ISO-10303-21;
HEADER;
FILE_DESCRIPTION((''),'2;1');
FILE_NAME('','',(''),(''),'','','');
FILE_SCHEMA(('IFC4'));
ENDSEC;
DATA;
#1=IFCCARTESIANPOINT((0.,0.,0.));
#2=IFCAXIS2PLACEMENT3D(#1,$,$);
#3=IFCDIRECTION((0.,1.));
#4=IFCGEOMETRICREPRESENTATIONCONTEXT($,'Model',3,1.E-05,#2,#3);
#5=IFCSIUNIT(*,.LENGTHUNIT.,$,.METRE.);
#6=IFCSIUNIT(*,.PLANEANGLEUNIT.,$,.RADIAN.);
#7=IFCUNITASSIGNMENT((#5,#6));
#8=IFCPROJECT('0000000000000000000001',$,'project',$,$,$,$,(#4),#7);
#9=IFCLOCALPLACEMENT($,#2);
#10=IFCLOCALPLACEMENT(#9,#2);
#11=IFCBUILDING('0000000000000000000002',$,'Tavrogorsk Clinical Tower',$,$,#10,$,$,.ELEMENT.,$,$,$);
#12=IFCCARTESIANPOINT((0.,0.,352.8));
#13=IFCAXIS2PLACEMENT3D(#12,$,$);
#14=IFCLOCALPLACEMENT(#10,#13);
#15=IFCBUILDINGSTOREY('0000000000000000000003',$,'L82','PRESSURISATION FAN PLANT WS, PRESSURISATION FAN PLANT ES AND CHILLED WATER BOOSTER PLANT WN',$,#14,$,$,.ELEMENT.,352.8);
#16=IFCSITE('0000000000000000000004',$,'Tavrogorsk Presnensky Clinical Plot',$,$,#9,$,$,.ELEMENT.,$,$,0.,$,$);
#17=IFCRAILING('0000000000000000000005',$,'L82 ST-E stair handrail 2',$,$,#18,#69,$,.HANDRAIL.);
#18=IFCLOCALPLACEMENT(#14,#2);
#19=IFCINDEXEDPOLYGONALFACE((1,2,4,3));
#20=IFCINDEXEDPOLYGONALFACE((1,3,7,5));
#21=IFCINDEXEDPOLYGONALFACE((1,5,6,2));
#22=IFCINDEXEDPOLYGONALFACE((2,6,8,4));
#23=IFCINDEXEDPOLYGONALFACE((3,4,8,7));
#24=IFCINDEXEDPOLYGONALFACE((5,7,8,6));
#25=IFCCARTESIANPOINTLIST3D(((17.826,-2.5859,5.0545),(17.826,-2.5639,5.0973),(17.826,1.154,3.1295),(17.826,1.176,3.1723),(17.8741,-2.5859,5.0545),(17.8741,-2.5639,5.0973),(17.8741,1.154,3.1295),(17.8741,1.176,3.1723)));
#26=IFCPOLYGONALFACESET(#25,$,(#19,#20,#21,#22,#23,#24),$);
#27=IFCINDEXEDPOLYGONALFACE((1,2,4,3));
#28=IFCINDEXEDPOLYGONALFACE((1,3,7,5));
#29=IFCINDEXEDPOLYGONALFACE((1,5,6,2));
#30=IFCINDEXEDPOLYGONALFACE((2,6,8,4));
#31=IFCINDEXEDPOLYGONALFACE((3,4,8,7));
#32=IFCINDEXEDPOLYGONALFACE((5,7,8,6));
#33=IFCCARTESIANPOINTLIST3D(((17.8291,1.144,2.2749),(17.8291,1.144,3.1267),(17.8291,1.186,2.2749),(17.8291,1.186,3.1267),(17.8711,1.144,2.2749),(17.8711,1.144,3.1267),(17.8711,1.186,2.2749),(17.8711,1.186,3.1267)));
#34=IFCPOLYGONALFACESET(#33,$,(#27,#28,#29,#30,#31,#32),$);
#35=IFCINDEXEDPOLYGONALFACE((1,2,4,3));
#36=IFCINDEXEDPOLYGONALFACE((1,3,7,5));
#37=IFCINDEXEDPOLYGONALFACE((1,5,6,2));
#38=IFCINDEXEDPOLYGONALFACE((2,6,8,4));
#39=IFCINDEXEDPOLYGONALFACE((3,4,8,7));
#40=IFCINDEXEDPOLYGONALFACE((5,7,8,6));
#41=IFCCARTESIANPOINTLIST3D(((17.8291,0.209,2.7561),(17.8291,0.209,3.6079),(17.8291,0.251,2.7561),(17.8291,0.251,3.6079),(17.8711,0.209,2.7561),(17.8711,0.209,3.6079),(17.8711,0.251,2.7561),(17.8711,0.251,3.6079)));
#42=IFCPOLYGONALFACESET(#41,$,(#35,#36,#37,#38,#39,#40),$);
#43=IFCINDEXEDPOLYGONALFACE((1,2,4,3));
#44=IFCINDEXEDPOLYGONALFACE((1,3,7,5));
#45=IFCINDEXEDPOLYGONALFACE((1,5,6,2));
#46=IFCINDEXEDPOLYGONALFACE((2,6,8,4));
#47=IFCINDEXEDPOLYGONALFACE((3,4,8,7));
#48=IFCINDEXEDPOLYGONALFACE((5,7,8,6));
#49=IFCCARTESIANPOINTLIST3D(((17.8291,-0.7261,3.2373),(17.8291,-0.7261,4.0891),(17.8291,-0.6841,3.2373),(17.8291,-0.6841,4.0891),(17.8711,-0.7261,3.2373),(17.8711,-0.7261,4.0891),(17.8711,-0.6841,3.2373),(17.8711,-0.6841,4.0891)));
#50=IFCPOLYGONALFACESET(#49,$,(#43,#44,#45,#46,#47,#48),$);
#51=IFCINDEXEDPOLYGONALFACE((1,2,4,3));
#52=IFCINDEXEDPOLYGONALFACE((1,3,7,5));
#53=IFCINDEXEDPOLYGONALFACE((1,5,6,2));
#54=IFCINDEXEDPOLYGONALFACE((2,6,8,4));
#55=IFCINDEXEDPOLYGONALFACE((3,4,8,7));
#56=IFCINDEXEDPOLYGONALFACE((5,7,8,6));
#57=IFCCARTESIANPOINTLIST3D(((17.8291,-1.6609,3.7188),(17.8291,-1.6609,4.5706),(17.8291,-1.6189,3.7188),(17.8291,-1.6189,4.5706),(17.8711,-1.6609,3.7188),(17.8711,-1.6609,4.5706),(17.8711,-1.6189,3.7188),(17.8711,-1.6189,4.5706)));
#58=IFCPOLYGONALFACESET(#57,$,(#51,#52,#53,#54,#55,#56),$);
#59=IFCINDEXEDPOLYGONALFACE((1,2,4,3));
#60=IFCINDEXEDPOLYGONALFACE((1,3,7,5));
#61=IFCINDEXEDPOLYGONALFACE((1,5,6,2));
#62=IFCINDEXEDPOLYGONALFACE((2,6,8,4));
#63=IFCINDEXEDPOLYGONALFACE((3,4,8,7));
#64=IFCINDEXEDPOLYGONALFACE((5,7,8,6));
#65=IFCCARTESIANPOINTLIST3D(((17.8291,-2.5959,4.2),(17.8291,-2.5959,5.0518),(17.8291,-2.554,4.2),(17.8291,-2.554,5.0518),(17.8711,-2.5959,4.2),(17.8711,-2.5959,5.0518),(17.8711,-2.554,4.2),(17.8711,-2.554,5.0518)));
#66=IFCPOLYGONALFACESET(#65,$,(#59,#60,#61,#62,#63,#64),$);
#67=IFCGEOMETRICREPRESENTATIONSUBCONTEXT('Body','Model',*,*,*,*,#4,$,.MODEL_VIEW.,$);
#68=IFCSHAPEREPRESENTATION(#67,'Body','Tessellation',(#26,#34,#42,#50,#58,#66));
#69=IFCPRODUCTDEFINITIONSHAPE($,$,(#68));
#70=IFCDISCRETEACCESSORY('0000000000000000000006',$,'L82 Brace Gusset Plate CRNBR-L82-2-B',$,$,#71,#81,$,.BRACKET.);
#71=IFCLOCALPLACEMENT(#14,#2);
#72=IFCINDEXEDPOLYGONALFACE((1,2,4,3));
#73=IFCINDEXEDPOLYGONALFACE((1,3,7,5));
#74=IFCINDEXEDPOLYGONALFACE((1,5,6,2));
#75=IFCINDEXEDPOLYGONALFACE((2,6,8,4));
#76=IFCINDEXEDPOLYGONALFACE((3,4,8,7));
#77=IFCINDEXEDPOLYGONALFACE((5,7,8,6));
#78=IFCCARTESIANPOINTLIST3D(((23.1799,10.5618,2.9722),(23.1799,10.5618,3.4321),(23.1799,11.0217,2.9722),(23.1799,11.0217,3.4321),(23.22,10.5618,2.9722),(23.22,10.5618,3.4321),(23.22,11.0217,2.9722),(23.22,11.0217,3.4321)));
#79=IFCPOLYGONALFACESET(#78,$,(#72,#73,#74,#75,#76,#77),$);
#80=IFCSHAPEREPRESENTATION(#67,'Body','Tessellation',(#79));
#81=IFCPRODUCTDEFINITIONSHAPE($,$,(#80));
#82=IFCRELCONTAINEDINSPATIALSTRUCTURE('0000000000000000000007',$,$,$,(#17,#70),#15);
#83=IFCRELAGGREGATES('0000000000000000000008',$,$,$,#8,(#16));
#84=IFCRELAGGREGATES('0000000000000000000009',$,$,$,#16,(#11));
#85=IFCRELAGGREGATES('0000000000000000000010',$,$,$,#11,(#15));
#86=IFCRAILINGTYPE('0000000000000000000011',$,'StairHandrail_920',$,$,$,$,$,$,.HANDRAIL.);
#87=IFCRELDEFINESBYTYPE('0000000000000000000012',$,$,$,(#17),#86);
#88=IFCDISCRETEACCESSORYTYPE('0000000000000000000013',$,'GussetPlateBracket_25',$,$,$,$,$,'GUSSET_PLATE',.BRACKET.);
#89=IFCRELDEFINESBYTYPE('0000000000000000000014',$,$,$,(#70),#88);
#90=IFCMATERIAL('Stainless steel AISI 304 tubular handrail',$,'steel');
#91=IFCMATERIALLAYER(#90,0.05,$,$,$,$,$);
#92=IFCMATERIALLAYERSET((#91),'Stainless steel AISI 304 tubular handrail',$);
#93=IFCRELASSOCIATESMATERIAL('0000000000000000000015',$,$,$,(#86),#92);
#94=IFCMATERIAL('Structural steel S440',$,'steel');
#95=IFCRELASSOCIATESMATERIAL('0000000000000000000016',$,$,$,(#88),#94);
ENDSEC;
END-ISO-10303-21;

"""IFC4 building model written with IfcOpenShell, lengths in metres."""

from ifc_helpers import new_model, si_unit, direction, frame, origin, origin_2d, place, context, subcontext, project, spatial, rectangle, extrude, material, layer, layer_set, type_object, element, save


model = new_model("IFC4")

# Units and contexts
model_context = context("Model", 3, precision=1e-05, world=origin(), true_north=direction((0.0, 1.0)))
body_context = subcontext(model_context, "Body", "Model", "MODEL_VIEW")
ifc_project = project(units=[si_unit("LENGTHUNIT", "METRE"), si_unit("PLANEANGLEUNIT", "RADIAN")], contexts=[model_context])

# Site, building, storey
site_placement = place(None, origin())
site = spatial("IfcSite", under=ifc_project, at=site_placement, Name="Tavrogorsk Presnensky Clinical Plot", CompositionType="ELEMENT", RefElevation=0.0)
building_placement = place(site_placement, origin())
building = spatial("IfcBuilding", under=site, at=building_placement, Name="Tavrogorsk Clinical Tower", CompositionType="ELEMENT")
storey_placement = place(building_placement, frame((0.0, 0.0, 352.8)))
storey = spatial("IfcBuildingStorey", under=building, at=storey_placement, Name="L82", Description="PRESSURISATION FAN PLANT WS, PRESSURISATION FAN PLANT ES AND CHILLED WATER BOOSTER PLANT WN", CompositionType="ELEMENT", Elevation=352.8)

# Railing
ifc_material_1 = material(Name="Stainless steel AISI 304 tubular handrail", Category="steel")
ifc_layer_1 = layer(ifc_material_1, 0.05)
ifc_layer_set_1 = layer_set([ifc_layer_1], Name="Stainless steel AISI 304 tubular handrail")
railing_type_1 = type_object("IfcRailingType", Name="StairHandrail_920", PredefinedType="HANDRAIL", material=ifc_layer_set_1)
railing_1_placement = place(storey_placement, frame((17.8501, 1.165, 2.2749)))
element("IfcRailing", 1, at=railing_1_placement, inside=storey, type_object=railing_type_1, Name="L82 ST-E stair handrail 2", PredefinedType="HANDRAIL", context=body_context, shape_type="SweptSolid", body=[
    extrude(rectangle(XDim=0.0481, YDim=0.0481, at=origin_2d()), frame((0.0, 0.0, 0.876), z_axis=(0.0, -0.889131, 0.457654), x_axis=(1.0, 0.0, 0.0)), (0.0, 0.0, 1.0), 4.2063),
    extrude(rectangle(XDim=0.042, YDim=0.042, at=origin_2d()), origin(), (0.0, 0.0, 1.0), 0.8518),
    extrude(rectangle(XDim=0.042, YDim=0.042, at=origin_2d()), frame((0.0, -0.9351, 0.4812)), (0.0, 0.0, 1.0), 0.8518),
    extrude(rectangle(XDim=0.042, YDim=0.042, at=origin_2d()), frame((0.0, -1.8701, 0.9624)), (0.0, 0.0, 1.0), 0.8518),
    extrude(rectangle(XDim=0.042, YDim=0.042, at=origin_2d()), frame((0.0, -2.8049, 1.4438)), (0.0, 0.0, 1.0), 0.8518),
    extrude(rectangle(XDim=0.042, YDim=0.042, at=origin_2d()), frame((0.0, -3.74, 1.925)), (0.0, 0.0, 1.0), 0.8518),
])

# Discrete accessory
ifc_material_2 = material(Name="Structural steel S440", Category="steel")
discrete_accessory_type = type_object("IfcDiscreteAccessoryType", Name="GussetPlateBracket_25", ElementType="GUSSET_PLATE", PredefinedType="BRACKET", material=ifc_material_2)
discrete_accessory_placement = place(storey_placement, frame((23.2, 10.7917, 2.9722), z_axis=(0.0, 0.0, 1.0), x_axis=(0.0, 1.0, 0.0)))
element("IfcDiscreteAccessory", 2, at=discrete_accessory_placement, inside=storey, type_object=discrete_accessory_type, Name="L82 Brace Gusset Plate CRNBR-L82-2-B", PredefinedType="BRACKET", context=body_context, shape_type="SweptSolid", body=[
    extrude(rectangle(XDim=0.46, YDim=0.04, at=origin_2d()), origin(), (0.0, 0.0, 1.0), 0.46),
])

save(model, "model.ifc")
